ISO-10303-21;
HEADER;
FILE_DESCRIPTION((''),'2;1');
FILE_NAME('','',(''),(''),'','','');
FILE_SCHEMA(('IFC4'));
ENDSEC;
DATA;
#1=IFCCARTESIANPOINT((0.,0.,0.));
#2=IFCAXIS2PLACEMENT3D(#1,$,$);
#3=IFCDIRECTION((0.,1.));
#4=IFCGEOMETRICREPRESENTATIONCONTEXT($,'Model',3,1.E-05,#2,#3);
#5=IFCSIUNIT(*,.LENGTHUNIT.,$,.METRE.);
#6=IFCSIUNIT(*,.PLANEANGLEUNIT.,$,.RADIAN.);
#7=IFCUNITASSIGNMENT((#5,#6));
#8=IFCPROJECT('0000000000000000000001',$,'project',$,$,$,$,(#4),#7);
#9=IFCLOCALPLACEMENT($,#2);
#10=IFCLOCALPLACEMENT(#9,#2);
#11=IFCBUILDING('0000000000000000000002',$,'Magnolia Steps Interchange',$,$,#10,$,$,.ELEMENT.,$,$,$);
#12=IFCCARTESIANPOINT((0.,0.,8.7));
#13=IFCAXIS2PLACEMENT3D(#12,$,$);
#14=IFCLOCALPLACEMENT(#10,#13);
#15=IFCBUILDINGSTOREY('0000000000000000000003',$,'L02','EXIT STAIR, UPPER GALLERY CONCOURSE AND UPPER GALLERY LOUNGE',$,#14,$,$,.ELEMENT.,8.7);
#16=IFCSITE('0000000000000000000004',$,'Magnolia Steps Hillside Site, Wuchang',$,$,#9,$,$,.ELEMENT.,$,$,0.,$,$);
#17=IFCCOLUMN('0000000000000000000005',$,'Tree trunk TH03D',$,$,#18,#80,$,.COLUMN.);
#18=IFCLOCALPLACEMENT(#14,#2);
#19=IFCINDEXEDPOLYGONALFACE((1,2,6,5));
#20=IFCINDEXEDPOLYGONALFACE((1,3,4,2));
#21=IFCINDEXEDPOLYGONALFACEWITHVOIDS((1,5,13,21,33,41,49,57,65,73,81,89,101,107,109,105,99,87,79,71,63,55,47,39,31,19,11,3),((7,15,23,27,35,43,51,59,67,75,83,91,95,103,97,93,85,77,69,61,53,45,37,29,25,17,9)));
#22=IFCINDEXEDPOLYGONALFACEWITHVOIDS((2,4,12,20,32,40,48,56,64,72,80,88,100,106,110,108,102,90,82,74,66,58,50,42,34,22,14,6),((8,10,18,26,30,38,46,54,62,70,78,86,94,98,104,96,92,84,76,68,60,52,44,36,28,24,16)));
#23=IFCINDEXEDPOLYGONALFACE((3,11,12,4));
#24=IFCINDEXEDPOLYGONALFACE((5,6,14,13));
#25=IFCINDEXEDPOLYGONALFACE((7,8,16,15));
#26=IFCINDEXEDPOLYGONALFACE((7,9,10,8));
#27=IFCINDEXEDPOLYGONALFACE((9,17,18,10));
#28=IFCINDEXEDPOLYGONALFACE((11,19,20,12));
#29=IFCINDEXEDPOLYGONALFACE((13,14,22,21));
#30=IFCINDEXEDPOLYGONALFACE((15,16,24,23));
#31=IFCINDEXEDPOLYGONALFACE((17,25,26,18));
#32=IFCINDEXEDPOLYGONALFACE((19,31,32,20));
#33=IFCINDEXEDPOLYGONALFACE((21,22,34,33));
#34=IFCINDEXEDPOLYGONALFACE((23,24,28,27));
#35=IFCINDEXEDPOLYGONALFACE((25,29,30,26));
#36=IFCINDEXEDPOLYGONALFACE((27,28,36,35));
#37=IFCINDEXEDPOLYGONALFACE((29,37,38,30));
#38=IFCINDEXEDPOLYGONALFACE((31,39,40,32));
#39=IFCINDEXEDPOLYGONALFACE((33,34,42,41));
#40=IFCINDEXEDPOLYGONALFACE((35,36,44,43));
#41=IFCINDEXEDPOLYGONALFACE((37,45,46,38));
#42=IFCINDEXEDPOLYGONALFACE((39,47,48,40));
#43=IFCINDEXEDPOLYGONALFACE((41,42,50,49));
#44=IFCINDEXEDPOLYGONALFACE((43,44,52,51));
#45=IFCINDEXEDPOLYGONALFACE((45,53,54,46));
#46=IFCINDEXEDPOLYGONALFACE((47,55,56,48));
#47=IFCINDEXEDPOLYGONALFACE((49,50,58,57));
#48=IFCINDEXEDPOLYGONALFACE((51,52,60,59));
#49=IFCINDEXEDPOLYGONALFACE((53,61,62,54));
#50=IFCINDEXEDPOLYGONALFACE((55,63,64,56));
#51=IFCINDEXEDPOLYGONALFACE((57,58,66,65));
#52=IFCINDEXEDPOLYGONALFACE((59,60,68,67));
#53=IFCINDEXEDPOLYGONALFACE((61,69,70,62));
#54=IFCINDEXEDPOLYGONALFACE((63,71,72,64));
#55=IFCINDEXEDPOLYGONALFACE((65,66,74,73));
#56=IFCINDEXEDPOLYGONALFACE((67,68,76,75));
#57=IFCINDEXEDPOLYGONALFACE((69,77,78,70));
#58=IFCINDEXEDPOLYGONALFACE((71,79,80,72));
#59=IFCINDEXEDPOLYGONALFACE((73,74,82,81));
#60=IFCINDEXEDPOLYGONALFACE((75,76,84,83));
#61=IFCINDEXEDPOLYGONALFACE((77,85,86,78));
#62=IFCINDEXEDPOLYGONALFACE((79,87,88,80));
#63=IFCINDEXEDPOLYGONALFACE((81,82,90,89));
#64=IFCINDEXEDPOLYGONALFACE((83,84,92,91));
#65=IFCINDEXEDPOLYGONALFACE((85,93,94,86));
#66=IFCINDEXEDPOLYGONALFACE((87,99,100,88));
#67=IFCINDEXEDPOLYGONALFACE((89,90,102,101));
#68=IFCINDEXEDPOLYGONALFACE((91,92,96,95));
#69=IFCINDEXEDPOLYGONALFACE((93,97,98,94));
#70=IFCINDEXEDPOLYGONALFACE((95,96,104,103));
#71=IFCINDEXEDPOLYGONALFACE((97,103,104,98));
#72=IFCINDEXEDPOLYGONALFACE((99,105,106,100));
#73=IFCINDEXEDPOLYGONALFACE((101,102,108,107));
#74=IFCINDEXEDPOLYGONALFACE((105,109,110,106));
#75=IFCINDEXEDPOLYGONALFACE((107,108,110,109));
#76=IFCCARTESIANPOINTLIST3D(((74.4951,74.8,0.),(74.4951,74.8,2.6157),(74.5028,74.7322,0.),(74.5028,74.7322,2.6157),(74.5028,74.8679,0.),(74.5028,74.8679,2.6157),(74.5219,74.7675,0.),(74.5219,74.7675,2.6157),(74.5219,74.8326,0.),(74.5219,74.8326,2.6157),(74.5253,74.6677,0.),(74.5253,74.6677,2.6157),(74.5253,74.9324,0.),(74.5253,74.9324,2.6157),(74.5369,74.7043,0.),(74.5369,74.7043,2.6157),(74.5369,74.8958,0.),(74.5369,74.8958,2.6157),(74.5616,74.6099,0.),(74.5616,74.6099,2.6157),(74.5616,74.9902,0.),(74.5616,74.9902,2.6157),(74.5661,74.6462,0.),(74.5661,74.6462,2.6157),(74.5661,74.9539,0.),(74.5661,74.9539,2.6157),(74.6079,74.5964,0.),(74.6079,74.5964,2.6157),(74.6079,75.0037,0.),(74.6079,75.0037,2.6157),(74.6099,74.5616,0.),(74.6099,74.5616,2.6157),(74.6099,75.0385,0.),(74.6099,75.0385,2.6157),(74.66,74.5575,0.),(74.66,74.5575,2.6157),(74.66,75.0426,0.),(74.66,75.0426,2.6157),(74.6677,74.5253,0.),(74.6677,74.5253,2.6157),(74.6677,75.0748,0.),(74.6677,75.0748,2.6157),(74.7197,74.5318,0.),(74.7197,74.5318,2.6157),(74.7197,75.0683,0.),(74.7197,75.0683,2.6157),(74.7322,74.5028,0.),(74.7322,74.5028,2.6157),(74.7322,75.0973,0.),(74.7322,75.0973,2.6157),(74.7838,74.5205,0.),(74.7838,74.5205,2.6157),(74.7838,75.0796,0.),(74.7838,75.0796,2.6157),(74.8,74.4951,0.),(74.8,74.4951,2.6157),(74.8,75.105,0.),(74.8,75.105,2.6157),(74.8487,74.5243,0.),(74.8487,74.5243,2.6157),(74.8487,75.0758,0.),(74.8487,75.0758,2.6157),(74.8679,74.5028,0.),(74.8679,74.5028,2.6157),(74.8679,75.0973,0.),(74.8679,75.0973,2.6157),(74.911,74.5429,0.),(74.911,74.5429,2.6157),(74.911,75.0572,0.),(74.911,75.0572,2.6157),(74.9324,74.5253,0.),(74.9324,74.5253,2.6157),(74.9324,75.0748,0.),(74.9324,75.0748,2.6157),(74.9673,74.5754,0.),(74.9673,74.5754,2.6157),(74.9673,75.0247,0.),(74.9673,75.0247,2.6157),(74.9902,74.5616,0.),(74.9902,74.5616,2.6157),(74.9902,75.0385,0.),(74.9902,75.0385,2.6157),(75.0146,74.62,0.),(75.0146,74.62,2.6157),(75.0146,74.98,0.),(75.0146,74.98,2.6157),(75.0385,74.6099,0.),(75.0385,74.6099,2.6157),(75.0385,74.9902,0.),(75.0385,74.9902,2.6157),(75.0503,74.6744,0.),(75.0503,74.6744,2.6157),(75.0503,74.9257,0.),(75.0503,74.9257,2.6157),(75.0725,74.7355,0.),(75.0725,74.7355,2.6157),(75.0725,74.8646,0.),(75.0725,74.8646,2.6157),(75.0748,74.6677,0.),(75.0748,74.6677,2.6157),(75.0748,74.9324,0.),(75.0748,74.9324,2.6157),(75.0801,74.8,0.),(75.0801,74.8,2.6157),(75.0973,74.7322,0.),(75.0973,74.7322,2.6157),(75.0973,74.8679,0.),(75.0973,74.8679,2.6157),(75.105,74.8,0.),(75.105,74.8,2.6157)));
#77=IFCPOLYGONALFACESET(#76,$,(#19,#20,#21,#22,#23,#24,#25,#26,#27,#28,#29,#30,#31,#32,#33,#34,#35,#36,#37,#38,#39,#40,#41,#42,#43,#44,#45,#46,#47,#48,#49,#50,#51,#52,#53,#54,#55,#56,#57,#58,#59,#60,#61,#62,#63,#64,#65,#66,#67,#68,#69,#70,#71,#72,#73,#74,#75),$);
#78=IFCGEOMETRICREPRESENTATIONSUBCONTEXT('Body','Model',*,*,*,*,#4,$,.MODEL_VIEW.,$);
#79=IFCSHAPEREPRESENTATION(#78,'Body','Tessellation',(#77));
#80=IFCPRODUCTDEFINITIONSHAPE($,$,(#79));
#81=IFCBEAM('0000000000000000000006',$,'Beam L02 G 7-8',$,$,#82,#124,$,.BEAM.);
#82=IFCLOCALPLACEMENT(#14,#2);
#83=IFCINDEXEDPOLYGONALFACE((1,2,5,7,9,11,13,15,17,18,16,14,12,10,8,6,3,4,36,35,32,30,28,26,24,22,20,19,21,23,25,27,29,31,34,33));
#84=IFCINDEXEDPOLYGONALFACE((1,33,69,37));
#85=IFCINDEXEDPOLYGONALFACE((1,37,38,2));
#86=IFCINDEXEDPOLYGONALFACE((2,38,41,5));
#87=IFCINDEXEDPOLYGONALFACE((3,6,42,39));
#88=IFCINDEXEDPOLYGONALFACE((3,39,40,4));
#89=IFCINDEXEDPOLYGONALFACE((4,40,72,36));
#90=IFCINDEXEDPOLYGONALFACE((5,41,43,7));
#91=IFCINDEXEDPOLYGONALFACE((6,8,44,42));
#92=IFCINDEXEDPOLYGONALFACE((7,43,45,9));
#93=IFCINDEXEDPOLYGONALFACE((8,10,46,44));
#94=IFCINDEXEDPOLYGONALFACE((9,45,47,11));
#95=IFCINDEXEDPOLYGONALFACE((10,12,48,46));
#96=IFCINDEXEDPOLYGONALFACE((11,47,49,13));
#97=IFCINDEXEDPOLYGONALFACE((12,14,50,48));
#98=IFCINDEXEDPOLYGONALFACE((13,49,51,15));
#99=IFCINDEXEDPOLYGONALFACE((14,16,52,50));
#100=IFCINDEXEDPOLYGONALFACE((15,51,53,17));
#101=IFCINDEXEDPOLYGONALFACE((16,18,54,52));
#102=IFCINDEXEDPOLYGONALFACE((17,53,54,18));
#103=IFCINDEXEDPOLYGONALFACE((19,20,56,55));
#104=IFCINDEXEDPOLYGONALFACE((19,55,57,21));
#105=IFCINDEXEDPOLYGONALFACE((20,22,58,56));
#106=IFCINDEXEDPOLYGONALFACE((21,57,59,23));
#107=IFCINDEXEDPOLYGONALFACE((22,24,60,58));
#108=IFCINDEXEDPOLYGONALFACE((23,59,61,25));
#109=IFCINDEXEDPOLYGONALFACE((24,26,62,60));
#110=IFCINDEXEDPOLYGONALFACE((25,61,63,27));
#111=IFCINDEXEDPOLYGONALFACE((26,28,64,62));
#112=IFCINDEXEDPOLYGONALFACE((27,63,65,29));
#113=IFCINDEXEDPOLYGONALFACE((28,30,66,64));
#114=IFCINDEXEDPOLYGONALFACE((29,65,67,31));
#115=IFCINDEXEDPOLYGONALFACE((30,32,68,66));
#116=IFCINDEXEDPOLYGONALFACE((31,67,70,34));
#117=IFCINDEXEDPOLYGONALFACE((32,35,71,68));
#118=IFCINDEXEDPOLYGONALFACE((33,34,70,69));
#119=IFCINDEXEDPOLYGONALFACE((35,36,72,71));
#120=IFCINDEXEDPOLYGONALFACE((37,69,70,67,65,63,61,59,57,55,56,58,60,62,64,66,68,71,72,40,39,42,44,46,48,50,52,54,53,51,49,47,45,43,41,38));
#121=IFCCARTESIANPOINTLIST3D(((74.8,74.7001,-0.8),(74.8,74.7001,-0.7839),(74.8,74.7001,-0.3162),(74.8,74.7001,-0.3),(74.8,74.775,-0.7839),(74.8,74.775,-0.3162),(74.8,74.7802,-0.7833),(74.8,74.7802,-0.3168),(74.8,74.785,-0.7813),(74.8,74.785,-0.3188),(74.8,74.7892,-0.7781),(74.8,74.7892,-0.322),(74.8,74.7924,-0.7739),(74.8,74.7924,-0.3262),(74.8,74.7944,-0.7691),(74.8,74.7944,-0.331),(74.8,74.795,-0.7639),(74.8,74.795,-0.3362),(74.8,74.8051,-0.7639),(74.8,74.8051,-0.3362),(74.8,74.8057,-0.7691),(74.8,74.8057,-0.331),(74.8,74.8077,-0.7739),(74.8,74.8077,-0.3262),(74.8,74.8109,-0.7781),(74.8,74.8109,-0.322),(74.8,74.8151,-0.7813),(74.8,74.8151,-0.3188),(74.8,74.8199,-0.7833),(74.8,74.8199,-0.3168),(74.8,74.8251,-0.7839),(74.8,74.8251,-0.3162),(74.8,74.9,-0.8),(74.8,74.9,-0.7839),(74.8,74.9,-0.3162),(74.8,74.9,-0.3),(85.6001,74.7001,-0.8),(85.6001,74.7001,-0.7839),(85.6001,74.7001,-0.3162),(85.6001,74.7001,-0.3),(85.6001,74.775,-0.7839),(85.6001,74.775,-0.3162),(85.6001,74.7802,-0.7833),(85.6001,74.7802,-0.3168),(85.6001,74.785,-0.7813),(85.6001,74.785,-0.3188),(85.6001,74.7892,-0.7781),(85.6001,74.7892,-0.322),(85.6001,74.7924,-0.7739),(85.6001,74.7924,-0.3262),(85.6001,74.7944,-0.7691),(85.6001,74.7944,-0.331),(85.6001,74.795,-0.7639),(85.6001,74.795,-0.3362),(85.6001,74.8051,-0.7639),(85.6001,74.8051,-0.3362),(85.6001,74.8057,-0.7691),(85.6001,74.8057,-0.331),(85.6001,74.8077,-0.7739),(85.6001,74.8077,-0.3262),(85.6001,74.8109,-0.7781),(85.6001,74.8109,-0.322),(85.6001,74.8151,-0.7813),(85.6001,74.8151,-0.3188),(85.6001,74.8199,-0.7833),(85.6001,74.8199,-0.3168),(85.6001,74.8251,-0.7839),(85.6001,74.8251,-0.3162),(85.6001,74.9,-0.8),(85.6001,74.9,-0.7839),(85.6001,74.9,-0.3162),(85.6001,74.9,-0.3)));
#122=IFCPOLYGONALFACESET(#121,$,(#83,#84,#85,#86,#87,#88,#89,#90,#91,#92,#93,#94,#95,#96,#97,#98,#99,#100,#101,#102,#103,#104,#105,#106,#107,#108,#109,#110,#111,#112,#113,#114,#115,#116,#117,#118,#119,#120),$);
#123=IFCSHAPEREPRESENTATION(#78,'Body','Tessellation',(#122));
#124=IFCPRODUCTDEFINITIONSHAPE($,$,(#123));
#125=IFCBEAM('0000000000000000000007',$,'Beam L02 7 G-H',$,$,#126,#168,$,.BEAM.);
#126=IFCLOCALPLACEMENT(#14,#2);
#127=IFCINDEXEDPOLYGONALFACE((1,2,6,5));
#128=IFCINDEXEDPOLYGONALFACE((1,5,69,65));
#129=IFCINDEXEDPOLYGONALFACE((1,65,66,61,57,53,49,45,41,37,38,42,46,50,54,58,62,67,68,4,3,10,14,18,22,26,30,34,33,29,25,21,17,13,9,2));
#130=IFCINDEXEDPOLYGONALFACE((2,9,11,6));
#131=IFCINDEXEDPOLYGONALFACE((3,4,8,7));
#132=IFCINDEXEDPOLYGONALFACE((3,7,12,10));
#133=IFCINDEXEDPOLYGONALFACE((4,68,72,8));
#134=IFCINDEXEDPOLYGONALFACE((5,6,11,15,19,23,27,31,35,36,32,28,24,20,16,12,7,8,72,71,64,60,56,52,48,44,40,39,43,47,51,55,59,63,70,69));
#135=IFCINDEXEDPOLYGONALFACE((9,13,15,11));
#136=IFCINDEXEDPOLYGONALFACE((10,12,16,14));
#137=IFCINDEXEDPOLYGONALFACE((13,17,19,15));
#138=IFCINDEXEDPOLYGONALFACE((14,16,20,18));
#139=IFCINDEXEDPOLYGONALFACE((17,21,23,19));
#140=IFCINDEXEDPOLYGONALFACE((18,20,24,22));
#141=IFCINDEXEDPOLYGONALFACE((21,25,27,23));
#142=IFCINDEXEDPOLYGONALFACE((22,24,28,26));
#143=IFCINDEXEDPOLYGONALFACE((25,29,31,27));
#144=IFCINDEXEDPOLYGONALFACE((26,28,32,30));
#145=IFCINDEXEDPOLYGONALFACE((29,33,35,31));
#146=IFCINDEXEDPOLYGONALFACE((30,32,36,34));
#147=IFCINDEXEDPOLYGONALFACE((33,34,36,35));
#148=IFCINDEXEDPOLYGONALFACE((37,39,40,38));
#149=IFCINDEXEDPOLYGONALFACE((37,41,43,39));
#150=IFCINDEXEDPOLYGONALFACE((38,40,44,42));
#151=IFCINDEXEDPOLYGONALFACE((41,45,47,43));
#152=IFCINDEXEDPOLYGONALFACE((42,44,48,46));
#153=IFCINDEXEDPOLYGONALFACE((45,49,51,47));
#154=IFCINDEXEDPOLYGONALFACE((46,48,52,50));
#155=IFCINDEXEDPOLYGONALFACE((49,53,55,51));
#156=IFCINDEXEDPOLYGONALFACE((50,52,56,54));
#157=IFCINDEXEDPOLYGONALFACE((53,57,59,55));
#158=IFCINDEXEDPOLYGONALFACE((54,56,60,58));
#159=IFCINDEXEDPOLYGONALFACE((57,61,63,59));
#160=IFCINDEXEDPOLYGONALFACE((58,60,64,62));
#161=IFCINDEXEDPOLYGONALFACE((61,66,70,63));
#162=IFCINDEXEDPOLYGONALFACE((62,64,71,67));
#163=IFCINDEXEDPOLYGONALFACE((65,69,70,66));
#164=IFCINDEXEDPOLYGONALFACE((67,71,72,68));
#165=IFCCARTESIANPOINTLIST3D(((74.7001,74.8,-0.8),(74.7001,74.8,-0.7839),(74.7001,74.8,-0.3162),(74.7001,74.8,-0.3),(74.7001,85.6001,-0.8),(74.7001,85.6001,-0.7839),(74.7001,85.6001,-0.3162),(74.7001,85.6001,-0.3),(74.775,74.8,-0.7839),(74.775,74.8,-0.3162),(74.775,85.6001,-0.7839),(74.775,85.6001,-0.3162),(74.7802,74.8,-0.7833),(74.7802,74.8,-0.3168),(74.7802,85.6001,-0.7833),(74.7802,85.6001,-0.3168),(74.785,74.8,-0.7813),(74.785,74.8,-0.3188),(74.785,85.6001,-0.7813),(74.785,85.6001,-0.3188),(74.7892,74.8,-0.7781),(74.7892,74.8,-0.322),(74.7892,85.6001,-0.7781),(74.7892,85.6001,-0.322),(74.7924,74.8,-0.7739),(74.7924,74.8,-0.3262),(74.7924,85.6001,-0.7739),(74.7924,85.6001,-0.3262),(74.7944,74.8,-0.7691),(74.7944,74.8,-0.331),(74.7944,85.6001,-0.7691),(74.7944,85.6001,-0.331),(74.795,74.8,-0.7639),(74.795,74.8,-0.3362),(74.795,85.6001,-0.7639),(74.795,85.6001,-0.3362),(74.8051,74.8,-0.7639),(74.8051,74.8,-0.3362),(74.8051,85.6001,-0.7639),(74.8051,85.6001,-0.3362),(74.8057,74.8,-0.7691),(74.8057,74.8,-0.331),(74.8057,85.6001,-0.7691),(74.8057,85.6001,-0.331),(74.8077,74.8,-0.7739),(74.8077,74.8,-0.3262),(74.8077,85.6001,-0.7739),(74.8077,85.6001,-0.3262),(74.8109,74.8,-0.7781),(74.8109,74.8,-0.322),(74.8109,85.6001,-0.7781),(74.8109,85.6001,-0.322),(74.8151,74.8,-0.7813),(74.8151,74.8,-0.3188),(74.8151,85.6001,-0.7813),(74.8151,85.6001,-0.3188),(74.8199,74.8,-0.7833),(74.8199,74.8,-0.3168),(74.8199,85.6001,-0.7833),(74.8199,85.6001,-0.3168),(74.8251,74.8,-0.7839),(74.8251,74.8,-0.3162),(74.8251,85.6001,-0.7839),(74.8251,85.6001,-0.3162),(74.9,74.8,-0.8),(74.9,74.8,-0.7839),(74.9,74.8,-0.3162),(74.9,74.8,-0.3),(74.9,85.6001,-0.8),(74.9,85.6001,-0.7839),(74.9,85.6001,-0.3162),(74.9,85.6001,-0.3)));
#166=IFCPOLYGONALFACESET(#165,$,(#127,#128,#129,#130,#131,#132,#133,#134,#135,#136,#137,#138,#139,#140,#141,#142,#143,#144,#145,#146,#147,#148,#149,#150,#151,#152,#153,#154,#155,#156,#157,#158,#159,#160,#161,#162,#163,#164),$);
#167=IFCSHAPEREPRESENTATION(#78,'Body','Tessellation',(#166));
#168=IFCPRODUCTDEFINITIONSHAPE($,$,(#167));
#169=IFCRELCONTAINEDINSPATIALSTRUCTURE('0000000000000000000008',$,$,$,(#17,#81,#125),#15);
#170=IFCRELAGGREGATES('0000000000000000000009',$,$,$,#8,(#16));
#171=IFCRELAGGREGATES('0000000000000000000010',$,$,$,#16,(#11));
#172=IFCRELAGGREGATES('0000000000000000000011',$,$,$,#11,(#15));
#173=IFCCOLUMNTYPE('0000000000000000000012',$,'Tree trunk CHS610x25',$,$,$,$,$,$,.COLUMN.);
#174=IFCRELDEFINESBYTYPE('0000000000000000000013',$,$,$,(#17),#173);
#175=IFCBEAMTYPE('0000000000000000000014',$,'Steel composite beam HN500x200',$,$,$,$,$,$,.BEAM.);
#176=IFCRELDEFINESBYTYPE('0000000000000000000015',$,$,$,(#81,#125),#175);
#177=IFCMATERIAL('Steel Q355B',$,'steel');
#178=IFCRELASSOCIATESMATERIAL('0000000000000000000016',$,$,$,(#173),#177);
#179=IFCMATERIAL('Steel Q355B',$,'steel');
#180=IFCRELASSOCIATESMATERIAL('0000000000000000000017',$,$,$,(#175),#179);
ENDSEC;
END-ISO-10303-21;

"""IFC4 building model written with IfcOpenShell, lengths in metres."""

from ifc_helpers import new_model, si_unit, direction, frame, origin, origin_2d, place, context, subcontext, project, spatial, hollow_circle, i_section, extrude, material, material_profile, profile_set, type_object, element, save


model = new_model("IFC4")

# Units and contexts
model_context = context("Model", 3, precision=1e-05, world=origin(), true_north=direction((0.0, 1.0)))
body_context = subcontext(model_context, "Body", "Model", "MODEL_VIEW")
ifc_project = project(units=[si_unit("LENGTHUNIT", "METRE"), si_unit("PLANEANGLEUNIT", "RADIAN")], contexts=[model_context])

# Site, building, storey
site_placement = place(None, origin())
site = spatial("IfcSite", under=ifc_project, at=site_placement, Name="Magnolia Steps Hillside Site, Wuchang", CompositionType="ELEMENT", RefElevation=0.0)
building_placement = place(site_placement, origin())
building = spatial("IfcBuilding", under=site, at=building_placement, Name="Magnolia Steps Interchange", CompositionType="ELEMENT")
storey_placement = place(building_placement, frame((0.0, 0.0, 8.7)))
storey = spatial("IfcBuildingStorey", under=building, at=storey_placement, Name="L02", Description="EXIT STAIR, UPPER GALLERY CONCOURSE AND UPPER GALLERY LOUNGE", CompositionType="ELEMENT", Elevation=8.7)

# Column
ifc_material_1 = material(Name="Steel Q355B", Category="steel")
ifc_material_profile_1 = material_profile(ifc_material_1, hollow_circle(Radius=0.3049, WallThickness=0.0249, at=origin_2d()), Name="CHS610x25")
ifc_profile_set_1 = profile_set([ifc_material_profile_1], Name="Steel Q355B")
column_type = type_object("IfcColumnType", Name="Tree trunk CHS610x25", PredefinedType="COLUMN", material=ifc_profile_set_1)
column_placement = place(storey_placement, frame((74.8, 74.8, 0.0), z_axis=(0.0, 0.0, 1.0), x_axis=(1.0, 0.0, 0.0)))
element("IfcColumn", 1, at=column_placement, inside=storey, type_object=column_type, Name="Tree trunk TH03D", PredefinedType="COLUMN", context=body_context, shape_type="SweptSolid", body=[
    extrude(hollow_circle(Radius=0.3049, WallThickness=0.0249, at=origin_2d()), origin(), (0.0, 0.0, 1.0), 2.6157),
])

# Beams
ifc_material_2 = material(Name="Steel Q355B", Category="steel")
ifc_material_profile_2 = material_profile(ifc_material_2, i_section(OverallWidth=0.2, OverallDepth=0.5, WebThickness=0.01, FlangeThickness=0.0161, FilletRadius=0.02, at=origin_2d()), Name="HN500x200")
ifc_profile_set_2 = profile_set([ifc_material_profile_2], Name="Steel Q355B")
beam_type = type_object("IfcBeamType", Name="Steel composite beam HN500x200", PredefinedType="BEAM", material=ifc_profile_set_2)
for number, where, z_axis, x_axis, name in (
    (2, (74.8, 74.8, -0.55), (1.0, 0.0, 0.0), (0.0, 1.0, 0.0), "Beam L02 G 7-8"),
    (3, (74.8, 74.8, -0.55), (0.0, 1.0, 0.0), (-1.0, 0.0, 0.0), "Beam L02 7 G-H"),
):
    element("IfcBeam", number, at=place(storey_placement, frame(where, z_axis=z_axis, x_axis=x_axis)), inside=storey, type_object=beam_type, Name=name, PredefinedType="BEAM", context=body_context, shape_type="SweptSolid", body=[
        extrude(i_section(OverallWidth=0.2, OverallDepth=0.5, WebThickness=0.01, FlangeThickness=0.0161, FilletRadius=0.02, at=origin_2d()), origin(), (0.0, 0.0, 1.0), 10.8),
    ])

save(model, "model.ifc")
